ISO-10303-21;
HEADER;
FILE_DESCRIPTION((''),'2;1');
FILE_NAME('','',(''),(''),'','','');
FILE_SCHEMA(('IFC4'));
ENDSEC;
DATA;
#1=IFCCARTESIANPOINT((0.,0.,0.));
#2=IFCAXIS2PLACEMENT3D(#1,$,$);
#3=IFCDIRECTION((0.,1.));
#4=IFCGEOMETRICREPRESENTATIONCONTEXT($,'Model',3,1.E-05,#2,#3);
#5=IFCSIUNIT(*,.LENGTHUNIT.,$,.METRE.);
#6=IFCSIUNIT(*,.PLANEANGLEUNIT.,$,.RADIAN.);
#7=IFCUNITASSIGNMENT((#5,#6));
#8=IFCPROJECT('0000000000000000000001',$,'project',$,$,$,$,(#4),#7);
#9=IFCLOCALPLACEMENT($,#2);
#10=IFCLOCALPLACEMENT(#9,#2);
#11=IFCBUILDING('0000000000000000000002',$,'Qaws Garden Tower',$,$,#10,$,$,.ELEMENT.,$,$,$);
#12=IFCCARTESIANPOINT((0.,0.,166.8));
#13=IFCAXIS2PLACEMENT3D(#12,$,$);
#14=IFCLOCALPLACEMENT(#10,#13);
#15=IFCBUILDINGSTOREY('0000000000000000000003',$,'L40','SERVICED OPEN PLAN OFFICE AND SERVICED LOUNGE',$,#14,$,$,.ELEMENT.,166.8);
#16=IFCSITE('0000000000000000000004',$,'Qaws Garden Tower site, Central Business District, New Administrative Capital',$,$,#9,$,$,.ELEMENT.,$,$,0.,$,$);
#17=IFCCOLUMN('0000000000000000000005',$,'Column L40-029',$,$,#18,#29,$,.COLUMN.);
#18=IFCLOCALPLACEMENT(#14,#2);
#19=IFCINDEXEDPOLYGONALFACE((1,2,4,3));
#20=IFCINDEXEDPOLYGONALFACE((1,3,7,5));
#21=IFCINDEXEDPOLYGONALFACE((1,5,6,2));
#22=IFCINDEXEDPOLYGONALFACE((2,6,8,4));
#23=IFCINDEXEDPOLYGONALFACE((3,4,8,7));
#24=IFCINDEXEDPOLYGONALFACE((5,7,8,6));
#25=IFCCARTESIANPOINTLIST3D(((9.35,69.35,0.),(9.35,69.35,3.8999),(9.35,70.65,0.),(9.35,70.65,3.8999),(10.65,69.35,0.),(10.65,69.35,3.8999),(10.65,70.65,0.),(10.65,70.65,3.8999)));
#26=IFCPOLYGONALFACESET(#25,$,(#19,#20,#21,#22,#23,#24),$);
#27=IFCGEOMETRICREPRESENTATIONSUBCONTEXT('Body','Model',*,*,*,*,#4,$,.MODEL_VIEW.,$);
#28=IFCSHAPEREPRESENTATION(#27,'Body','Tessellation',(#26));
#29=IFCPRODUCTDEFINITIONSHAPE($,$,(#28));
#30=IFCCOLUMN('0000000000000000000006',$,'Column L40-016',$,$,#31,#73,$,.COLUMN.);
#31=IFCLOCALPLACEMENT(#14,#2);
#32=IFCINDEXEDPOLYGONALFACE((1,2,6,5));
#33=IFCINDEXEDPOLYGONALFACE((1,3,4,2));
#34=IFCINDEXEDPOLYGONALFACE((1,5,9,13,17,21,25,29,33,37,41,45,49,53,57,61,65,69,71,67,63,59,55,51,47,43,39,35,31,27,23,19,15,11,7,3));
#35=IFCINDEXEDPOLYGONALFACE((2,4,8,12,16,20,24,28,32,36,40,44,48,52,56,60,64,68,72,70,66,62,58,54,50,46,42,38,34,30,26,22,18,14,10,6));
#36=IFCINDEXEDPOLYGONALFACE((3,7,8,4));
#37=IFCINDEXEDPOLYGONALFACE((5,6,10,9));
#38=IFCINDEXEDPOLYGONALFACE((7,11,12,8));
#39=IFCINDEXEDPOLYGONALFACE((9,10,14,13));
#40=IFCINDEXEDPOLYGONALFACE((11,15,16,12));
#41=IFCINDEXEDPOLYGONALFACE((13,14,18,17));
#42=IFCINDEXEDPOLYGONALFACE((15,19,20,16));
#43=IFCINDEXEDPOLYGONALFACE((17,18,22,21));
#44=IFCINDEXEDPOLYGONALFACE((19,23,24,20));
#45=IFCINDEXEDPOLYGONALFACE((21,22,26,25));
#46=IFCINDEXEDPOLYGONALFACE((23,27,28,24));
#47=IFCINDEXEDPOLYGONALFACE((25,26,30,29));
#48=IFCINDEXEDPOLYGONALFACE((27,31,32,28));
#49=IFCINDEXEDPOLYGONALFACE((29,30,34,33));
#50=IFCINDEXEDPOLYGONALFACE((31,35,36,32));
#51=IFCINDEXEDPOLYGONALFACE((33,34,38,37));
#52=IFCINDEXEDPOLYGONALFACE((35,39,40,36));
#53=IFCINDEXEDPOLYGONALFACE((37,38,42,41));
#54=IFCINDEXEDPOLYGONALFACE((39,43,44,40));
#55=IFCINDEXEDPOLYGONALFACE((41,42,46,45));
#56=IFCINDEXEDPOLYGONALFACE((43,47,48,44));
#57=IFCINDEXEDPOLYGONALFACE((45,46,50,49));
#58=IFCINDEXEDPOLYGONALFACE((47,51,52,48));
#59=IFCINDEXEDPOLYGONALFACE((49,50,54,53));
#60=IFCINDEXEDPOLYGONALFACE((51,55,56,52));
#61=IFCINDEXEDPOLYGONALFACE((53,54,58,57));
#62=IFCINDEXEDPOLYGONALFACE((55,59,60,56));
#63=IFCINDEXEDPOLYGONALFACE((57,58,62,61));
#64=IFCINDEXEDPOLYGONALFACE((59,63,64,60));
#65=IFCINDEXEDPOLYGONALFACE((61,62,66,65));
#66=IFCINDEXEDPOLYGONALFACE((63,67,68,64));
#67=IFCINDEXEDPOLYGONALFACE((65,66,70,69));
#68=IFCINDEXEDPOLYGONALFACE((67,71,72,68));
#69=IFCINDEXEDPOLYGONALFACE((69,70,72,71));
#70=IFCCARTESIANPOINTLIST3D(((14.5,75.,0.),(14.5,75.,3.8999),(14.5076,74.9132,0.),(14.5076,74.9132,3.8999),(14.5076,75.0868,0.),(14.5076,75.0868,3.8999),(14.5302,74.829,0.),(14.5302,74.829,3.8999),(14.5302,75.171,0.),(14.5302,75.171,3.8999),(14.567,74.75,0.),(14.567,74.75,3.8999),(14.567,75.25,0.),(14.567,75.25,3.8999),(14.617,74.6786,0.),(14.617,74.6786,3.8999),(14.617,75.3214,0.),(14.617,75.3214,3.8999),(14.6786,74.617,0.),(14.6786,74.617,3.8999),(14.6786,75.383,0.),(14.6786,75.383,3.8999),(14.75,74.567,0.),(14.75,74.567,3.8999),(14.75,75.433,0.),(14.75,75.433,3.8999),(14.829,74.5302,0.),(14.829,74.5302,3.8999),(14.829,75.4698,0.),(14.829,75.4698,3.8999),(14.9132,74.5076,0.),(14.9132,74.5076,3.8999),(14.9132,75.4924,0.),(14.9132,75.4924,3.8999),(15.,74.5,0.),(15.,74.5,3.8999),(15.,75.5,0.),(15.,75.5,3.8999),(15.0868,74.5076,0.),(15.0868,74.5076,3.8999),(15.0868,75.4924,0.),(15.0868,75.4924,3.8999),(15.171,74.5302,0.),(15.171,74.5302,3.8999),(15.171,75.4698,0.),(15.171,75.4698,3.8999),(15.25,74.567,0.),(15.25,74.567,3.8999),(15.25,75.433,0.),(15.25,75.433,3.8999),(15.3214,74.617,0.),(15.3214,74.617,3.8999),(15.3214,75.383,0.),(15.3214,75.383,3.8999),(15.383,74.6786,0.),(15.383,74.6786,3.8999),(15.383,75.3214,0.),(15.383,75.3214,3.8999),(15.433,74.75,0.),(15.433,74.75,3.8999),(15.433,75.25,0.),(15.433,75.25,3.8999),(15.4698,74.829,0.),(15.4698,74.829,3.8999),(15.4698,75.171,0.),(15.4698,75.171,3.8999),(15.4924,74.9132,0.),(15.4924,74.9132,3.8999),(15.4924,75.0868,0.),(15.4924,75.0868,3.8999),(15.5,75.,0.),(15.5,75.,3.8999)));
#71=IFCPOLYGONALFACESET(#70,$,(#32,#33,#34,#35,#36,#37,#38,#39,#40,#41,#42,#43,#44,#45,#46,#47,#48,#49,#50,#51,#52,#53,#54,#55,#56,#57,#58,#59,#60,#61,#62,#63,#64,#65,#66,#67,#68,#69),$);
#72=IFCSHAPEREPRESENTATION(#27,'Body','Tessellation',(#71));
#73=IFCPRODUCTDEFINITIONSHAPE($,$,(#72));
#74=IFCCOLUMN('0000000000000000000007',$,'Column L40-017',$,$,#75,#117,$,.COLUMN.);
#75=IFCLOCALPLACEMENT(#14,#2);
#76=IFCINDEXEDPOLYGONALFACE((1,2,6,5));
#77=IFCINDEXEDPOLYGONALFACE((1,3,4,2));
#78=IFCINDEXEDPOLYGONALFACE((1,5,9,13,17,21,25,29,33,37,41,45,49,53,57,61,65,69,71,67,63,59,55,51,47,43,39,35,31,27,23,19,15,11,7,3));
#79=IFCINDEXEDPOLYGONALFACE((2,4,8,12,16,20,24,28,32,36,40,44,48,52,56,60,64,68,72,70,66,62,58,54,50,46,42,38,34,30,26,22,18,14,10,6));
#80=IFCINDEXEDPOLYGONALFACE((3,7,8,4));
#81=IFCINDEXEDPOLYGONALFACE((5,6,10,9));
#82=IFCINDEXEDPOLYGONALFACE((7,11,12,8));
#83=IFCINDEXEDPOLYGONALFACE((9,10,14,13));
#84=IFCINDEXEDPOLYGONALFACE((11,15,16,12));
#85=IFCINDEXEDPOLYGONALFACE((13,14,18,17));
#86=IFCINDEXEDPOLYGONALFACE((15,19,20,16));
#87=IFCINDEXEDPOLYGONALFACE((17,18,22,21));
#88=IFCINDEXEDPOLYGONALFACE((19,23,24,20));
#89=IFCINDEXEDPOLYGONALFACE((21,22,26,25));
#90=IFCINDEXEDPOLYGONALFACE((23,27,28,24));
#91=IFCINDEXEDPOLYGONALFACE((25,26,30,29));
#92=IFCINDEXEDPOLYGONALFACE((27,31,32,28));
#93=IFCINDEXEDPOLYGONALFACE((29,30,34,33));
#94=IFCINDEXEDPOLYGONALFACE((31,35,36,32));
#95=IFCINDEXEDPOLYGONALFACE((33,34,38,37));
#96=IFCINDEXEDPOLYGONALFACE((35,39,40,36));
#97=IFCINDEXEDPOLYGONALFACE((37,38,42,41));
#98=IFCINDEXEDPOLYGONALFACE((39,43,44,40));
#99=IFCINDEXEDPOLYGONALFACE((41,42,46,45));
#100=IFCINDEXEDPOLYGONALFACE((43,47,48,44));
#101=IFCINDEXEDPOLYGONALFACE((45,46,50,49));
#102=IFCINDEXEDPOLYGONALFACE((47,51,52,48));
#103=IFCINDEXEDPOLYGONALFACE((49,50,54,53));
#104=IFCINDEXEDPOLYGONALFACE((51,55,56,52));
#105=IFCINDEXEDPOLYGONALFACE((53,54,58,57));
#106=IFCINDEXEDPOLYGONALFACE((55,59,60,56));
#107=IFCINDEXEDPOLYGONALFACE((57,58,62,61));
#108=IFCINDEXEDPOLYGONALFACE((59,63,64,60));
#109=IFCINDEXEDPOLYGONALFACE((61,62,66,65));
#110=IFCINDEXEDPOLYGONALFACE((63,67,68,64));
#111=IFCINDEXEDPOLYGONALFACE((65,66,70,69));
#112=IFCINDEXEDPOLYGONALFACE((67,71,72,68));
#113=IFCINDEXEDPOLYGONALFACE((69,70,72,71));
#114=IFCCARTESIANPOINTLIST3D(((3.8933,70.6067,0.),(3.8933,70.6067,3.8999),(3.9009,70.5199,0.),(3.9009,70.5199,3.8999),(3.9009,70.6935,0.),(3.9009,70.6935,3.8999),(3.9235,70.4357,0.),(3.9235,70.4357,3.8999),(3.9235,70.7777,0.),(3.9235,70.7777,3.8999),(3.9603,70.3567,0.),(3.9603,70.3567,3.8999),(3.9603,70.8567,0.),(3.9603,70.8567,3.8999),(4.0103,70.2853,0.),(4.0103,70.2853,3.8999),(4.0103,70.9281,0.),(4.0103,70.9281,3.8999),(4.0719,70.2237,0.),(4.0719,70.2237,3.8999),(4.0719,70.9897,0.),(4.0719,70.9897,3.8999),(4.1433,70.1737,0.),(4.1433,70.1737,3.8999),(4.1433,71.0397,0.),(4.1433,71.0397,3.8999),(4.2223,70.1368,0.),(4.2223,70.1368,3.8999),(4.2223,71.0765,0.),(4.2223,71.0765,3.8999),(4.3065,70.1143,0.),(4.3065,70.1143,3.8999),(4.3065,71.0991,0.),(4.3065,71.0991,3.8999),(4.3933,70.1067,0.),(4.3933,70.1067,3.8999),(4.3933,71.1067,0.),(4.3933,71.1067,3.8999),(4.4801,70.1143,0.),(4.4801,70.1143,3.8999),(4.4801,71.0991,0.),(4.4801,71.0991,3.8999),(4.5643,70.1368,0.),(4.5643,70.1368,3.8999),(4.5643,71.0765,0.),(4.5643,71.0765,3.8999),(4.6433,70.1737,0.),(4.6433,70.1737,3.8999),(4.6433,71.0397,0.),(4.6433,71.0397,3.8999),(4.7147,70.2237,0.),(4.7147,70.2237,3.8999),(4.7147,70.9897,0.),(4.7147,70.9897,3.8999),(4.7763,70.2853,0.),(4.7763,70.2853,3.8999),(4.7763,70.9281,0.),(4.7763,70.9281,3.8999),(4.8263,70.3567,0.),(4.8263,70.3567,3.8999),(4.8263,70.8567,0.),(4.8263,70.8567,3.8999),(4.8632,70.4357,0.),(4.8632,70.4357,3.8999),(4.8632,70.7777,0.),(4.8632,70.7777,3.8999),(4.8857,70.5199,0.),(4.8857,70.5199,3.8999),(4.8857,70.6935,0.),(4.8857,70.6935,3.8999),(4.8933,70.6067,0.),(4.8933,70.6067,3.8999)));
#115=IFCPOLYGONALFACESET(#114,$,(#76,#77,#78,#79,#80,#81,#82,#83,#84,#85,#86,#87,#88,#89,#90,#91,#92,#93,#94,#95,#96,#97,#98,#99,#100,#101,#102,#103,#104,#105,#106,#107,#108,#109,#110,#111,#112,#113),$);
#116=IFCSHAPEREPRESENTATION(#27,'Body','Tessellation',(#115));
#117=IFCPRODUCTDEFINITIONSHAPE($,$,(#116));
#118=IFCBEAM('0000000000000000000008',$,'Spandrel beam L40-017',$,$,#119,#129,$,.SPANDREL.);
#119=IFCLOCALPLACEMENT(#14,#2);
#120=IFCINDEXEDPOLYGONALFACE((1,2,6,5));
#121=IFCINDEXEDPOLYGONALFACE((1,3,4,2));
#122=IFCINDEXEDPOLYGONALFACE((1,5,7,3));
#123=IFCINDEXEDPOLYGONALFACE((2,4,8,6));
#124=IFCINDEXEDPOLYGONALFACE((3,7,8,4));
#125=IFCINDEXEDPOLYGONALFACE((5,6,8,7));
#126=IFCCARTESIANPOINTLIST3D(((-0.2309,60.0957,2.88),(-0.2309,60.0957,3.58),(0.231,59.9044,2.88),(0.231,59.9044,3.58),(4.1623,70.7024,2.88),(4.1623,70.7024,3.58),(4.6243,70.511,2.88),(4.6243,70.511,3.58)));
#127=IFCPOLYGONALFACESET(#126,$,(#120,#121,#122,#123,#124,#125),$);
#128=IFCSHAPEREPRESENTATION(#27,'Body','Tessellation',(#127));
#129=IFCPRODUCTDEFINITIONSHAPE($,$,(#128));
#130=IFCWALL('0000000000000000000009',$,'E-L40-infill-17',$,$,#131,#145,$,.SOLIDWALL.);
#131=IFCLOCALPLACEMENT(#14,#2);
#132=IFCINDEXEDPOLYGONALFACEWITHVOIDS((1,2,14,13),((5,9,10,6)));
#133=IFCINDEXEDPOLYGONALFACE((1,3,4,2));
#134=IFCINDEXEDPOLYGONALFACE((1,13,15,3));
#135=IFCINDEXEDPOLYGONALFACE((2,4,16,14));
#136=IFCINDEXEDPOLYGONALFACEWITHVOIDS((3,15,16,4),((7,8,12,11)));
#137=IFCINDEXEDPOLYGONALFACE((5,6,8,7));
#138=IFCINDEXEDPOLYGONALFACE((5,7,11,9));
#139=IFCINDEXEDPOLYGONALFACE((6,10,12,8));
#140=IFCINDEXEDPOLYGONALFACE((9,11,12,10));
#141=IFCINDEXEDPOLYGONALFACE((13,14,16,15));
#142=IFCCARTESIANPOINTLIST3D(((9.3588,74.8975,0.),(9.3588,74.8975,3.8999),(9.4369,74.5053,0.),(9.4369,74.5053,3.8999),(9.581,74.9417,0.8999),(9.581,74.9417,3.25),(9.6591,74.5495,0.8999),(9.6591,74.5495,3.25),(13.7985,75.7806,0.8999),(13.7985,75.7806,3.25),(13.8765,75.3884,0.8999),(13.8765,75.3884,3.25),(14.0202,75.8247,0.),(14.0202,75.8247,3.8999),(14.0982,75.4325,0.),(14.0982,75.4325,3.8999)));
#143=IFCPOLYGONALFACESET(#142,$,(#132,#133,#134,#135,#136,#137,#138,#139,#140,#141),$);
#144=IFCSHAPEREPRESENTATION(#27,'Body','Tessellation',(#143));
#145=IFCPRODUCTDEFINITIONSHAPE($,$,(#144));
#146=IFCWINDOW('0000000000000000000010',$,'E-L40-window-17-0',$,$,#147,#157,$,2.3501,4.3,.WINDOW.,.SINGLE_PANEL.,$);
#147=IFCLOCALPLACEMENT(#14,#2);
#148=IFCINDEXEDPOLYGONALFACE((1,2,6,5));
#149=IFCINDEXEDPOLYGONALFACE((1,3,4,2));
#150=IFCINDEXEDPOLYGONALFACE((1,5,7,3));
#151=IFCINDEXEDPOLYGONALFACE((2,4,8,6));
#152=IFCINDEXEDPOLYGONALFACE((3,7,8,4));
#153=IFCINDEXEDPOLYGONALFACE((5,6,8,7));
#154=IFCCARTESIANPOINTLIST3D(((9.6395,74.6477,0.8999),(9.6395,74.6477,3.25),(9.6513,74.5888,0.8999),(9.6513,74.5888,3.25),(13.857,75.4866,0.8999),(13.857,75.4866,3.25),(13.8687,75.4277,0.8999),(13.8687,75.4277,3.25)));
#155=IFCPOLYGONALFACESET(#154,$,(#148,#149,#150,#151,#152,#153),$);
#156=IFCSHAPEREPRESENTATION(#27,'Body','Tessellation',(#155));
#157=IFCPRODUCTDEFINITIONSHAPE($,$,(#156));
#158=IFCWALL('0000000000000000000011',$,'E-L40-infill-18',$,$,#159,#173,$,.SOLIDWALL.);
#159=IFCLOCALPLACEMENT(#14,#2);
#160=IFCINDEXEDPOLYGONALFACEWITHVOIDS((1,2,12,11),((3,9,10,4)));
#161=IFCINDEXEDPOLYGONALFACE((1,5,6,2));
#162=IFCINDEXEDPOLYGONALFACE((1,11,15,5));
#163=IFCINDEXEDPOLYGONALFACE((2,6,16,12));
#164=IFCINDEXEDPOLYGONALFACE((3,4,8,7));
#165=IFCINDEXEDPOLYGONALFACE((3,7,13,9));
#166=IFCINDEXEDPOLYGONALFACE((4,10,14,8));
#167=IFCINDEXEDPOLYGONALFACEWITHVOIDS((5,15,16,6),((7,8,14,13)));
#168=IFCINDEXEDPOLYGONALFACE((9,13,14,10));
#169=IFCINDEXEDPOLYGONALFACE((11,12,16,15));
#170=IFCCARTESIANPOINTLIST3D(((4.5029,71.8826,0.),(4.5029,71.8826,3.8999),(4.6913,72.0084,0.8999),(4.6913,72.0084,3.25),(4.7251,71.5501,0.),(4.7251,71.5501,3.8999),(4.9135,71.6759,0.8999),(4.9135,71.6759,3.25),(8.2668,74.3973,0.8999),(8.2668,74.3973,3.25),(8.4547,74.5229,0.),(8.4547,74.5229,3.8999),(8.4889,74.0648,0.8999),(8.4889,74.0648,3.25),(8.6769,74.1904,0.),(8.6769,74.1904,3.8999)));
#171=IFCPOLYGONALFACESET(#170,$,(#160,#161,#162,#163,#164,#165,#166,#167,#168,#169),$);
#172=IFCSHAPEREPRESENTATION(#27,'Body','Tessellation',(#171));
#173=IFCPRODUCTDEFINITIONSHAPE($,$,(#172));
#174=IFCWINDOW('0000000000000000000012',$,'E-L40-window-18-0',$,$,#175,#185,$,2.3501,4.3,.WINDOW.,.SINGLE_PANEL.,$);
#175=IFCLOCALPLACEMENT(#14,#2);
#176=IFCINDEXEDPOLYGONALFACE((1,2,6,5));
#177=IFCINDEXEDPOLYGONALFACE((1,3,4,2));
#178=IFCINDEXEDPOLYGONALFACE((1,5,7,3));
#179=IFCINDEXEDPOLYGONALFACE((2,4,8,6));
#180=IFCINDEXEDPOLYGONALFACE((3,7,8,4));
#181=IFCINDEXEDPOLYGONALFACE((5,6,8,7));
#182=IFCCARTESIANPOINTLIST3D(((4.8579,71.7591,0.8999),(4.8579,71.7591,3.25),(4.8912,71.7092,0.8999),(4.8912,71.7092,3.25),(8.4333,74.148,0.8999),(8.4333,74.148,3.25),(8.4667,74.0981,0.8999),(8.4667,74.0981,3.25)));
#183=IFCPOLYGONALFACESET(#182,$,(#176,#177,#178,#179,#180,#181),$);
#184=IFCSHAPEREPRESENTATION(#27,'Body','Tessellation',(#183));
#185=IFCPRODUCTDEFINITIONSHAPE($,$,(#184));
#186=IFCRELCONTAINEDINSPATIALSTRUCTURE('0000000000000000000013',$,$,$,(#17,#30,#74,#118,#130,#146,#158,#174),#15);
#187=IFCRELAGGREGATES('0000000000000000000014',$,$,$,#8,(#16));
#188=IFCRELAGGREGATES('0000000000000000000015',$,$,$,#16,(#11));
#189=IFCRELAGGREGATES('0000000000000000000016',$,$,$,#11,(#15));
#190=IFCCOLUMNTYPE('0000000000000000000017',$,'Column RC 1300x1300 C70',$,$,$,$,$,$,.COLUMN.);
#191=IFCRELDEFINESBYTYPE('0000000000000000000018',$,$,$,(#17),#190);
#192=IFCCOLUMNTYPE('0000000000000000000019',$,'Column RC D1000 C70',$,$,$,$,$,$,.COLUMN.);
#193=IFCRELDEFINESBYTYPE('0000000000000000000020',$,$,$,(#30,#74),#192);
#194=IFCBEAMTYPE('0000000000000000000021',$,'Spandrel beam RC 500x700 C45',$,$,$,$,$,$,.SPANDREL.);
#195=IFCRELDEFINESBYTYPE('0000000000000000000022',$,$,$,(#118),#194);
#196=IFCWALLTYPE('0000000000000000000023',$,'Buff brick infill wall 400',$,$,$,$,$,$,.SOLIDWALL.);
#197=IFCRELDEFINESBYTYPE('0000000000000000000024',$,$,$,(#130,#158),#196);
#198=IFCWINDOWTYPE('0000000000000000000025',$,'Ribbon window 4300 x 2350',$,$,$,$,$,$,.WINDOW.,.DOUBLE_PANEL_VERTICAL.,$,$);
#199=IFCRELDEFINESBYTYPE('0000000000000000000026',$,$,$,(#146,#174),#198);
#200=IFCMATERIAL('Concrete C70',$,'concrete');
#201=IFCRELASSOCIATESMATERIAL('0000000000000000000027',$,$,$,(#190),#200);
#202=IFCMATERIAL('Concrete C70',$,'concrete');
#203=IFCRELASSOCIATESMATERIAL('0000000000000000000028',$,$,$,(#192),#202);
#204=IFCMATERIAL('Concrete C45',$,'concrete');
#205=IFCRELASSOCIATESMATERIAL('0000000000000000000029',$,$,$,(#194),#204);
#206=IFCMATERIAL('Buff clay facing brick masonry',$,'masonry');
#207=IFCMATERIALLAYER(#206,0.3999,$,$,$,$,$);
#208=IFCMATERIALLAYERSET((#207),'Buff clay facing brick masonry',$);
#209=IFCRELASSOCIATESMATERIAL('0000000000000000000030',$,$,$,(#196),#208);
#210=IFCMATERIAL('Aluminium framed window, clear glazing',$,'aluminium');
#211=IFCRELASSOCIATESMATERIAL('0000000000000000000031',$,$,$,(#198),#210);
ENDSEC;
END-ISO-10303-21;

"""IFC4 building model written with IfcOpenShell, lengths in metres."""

from ifc_helpers import new_model, si_unit, direction, frame, frame_2d, origin, origin_2d, place, context, subcontext, project, spatial, rectangle, circle, extrude, material, layer, layer_set, material_profile, profile_set, type_object, element, fill, save


model = new_model("IFC4")

# Units and contexts
model_context = context("Model", 3, precision=1e-05, world=origin(), true_north=direction((0.0, 1.0)))
body_context = subcontext(model_context, "Body", "Model", "MODEL_VIEW")
ifc_project = project(units=[si_unit("LENGTHUNIT", "METRE"), si_unit("PLANEANGLEUNIT", "RADIAN")], contexts=[model_context])

# Site, building, storey
site_placement = place(None, origin())
site = spatial("IfcSite", under=ifc_project, at=site_placement, Name="Qaws Garden Tower site, Central Business District, New Administrative Capital", CompositionType="ELEMENT", RefElevation=0.0)
building_placement = place(site_placement, origin())
building = spatial("IfcBuilding", under=site, at=building_placement, Name="Qaws Garden Tower", CompositionType="ELEMENT")
storey_placement = place(building_placement, frame((0.0, 0.0, 166.8)))
storey = spatial("IfcBuildingStorey", under=building, at=storey_placement, Name="L40", Description="SERVICED OPEN PLAN OFFICE AND SERVICED LOUNGE", CompositionType="ELEMENT", Elevation=166.8)

# Columns
ifc_material_1 = material(Name="Concrete C70", Category="concrete")
ifc_material_profile_1 = material_profile(ifc_material_1, rectangle(XDim=1.3, YDim=1.3, at=origin_2d()), Name="RC 1300x1300")
ifc_profile_set_1 = profile_set([ifc_material_profile_1], Name="Concrete C70")
column_type_1 = type_object("IfcColumnType", Name="Column RC 1300x1300 C70", PredefinedType="COLUMN", material=ifc_profile_set_1)
column_placement = place(storey_placement, frame((10.0, 70.0, 0.0), z_axis=(0.0, 0.0, 1.0), x_axis=(1.0, 0.0, 0.0)))
element("IfcColumn", 1, at=column_placement, inside=storey, type_object=column_type_1, Name="Column L40-029", PredefinedType="COLUMN", context=body_context, shape_type="SweptSolid", body=[
    extrude(rectangle(XDim=1.3, YDim=1.3, at=origin_2d()), origin(), (0.0, 0.0, 1.0), 3.8999),
])
ifc_material_2 = material(Name="Concrete C70", Category="concrete")
ifc_material_profile_2 = material_profile(ifc_material_2, circle(Radius=0.5, at=origin_2d()), Name="RC D1000")
ifc_profile_set_2 = profile_set([ifc_material_profile_2], Name="Concrete C70")
column_type_2 = type_object("IfcColumnType", Name="Column RC D1000 C70", PredefinedType="COLUMN", material=ifc_profile_set_2)
for number, where, z_axis, x_axis, name in (
    (2, (15.0, 75.0, 0.0), (0.0, 0.0, 1.0), (1.0, 0.0, 0.0), "Column L40-016"),
    (3, (4.3933, 70.6067, 0.0), (0.0, 0.0, 1.0), (1.0, 0.0, 0.0), "Column L40-017"),
):
    element("IfcColumn", number, at=place(storey_placement, frame(where, z_axis=z_axis, x_axis=x_axis)), inside=storey, type_object=column_type_2, Name=name, PredefinedType="COLUMN", context=body_context, shape_type="SweptSolid", body=[
        extrude(circle(Radius=0.5, at=origin_2d()), origin(), (0.0, 0.0, 1.0), 3.8999),
    ])

# Beam
ifc_material_3 = material(Name="Concrete C45", Category="concrete")
ifc_material_profile_3 = material_profile(ifc_material_3, rectangle(XDim=0.5, YDim=0.7, at=origin_2d()), Name="RC 500x700")
ifc_profile_set_3 = profile_set([ifc_material_profile_3], Name="Concrete C45")
beam_type = type_object("IfcBeamType", Name="Spandrel beam RC 500x700 C45", PredefinedType="SPANDREL", material=ifc_profile_set_3)
beam_placement = place(storey_placement, frame((4.3933, 70.6067, 3.23), z_axis=(-0.382674, -0.923883, 0.0), x_axis=(0.923883, -0.382674, 0.0)))
element("IfcBeam", 4, at=beam_placement, inside=storey, type_object=beam_type, Name="Spandrel beam L40-017", PredefinedType="SPANDREL", context=body_context, shape_type="SweptSolid", body=[
    extrude(rectangle(XDim=0.5, YDim=0.7, at=origin_2d()), origin(), (0.0, 0.0, 1.0), 11.4805),
])

# Walls, openings, windows
ifc_material_4 = material(Name="Buff clay facing brick masonry", Category="masonry")
ifc_layer_1 = layer(ifc_material_4, 0.3999)
ifc_layer_set_1 = layer_set([ifc_layer_1], Name="Buff clay facing brick masonry")
wall_type_1 = type_object("IfcWallType", Name="Buff brick infill wall 400", PredefinedType="SOLIDWALL", material=ifc_layer_set_1)
wall_1_placement = place(storey_placement, frame((14.0593, 75.6287, 0.0), z_axis=(0.0, 0.0, 1.0), x_axis=(-0.980784, -0.195099, 0.0)))
wall_1 = element("IfcWall", 5, at=wall_1_placement, inside=storey, type_object=wall_type_1, Name="E-L40-infill-17", PredefinedType="SOLIDWALL", context=body_context, shape_type="SweptSolid", body=[
    extrude(rectangle(XDim=4.7527, YDim=0.3999, at=frame_2d((2.3765, 0.0))), origin(), (0.0, 0.0, 1.0), 3.8999),
])
opening_1_placement = place(wall_1_placement, frame((0.2263, 0.0, 0.8999)))
opening_1 = element("IfcOpeningElement", 6, at=opening_1_placement, cuts=wall_1, PredefinedType="OPENING", context=body_context, shape_type="SweptSolid", body=[
    extrude(rectangle(XDim=4.3, YDim=2.3501, at=frame_2d((2.1499, 1.175))), frame((0.0, 0.21, 0.0), z_axis=(0.0, -1.0, 0.0), x_axis=(1.0, 0.0, 0.0)), (0.0, 0.0, 1.0), 0.4199),
])
ifc_material_5 = material(Name="Aluminium framed window, clear glazing", Category="aluminium")
window_type = type_object("IfcWindowType", Name="Ribbon window 4300 x 2350", PartitioningType="DOUBLE_PANEL_VERTICAL", PredefinedType="WINDOW", material=ifc_material_5)
window_1_placement = place(opening_1_placement, origin())
window_1 = element("IfcWindow", 7, at=window_1_placement, inside=storey, type_object=window_type, Name="E-L40-window-17-0", OverallHeight=2.3501, OverallWidth=4.3, PartitioningType="SINGLE_PANEL", PredefinedType="WINDOW", context=body_context, shape_type="SweptSolid", body=[
    extrude(rectangle(XDim=4.3, YDim=2.3501, at=frame_2d((2.1499, 1.175))), frame((0.0, 0.1599, 0.0), z_axis=(0.0, -1.0, 0.0), x_axis=(1.0, 0.0, 0.0)), (0.0, 0.0, 1.0), 0.0601),
])
fill(opening_1, window_1)
wall_2_placement = place(storey_placement, frame((8.5659, 74.3567, 0.0), z_axis=(0.0, 0.0, 1.0), x_axis=(-0.831489, -0.555542, 0.0)))
wall_2 = element("IfcWall", 8, at=wall_2_placement, inside=storey, type_object=wall_type_1, Name="E-L40-infill-18", PredefinedType="SOLIDWALL", context=body_context, shape_type="SweptSolid", body=[
    extrude(rectangle(XDim=4.7527, YDim=0.3999, at=frame_2d((2.3765, 0.0))), origin(), (0.0, 0.0, 1.0), 3.8999),
])
opening_2_placement = place(wall_2_placement, frame((0.2263, 0.0, 0.8999)))
opening_2 = element("IfcOpeningElement", 9, at=opening_2_placement, cuts=wall_2, PredefinedType="OPENING", context=body_context, shape_type="SweptSolid", body=[
    extrude(rectangle(XDim=4.3, YDim=2.3501, at=frame_2d((2.1499, 1.175))), frame((0.0, 0.21, 0.0), z_axis=(0.0, -1.0, 0.0), x_axis=(1.0, 0.0, 0.0)), (0.0, 0.0, 1.0), 0.4199),
])
window_2_placement = place(opening_2_placement, origin())
window_2 = element("IfcWindow", 10, at=window_2_placement, inside=storey, type_object=window_type, Name="E-L40-window-18-0", OverallHeight=2.3501, OverallWidth=4.3, PartitioningType="SINGLE_PANEL", PredefinedType="WINDOW", context=body_context, shape_type="SweptSolid", body=[
    extrude(rectangle(XDim=4.3, YDim=2.3501, at=frame_2d((2.1499, 1.175))), frame((0.0, 0.1599, 0.0), z_axis=(0.0, -1.0, 0.0), x_axis=(1.0, 0.0, 0.0)), (0.0, 0.0, 1.0), 0.0601),
])
fill(opening_2, window_2)

save(model, "model.ifc")
